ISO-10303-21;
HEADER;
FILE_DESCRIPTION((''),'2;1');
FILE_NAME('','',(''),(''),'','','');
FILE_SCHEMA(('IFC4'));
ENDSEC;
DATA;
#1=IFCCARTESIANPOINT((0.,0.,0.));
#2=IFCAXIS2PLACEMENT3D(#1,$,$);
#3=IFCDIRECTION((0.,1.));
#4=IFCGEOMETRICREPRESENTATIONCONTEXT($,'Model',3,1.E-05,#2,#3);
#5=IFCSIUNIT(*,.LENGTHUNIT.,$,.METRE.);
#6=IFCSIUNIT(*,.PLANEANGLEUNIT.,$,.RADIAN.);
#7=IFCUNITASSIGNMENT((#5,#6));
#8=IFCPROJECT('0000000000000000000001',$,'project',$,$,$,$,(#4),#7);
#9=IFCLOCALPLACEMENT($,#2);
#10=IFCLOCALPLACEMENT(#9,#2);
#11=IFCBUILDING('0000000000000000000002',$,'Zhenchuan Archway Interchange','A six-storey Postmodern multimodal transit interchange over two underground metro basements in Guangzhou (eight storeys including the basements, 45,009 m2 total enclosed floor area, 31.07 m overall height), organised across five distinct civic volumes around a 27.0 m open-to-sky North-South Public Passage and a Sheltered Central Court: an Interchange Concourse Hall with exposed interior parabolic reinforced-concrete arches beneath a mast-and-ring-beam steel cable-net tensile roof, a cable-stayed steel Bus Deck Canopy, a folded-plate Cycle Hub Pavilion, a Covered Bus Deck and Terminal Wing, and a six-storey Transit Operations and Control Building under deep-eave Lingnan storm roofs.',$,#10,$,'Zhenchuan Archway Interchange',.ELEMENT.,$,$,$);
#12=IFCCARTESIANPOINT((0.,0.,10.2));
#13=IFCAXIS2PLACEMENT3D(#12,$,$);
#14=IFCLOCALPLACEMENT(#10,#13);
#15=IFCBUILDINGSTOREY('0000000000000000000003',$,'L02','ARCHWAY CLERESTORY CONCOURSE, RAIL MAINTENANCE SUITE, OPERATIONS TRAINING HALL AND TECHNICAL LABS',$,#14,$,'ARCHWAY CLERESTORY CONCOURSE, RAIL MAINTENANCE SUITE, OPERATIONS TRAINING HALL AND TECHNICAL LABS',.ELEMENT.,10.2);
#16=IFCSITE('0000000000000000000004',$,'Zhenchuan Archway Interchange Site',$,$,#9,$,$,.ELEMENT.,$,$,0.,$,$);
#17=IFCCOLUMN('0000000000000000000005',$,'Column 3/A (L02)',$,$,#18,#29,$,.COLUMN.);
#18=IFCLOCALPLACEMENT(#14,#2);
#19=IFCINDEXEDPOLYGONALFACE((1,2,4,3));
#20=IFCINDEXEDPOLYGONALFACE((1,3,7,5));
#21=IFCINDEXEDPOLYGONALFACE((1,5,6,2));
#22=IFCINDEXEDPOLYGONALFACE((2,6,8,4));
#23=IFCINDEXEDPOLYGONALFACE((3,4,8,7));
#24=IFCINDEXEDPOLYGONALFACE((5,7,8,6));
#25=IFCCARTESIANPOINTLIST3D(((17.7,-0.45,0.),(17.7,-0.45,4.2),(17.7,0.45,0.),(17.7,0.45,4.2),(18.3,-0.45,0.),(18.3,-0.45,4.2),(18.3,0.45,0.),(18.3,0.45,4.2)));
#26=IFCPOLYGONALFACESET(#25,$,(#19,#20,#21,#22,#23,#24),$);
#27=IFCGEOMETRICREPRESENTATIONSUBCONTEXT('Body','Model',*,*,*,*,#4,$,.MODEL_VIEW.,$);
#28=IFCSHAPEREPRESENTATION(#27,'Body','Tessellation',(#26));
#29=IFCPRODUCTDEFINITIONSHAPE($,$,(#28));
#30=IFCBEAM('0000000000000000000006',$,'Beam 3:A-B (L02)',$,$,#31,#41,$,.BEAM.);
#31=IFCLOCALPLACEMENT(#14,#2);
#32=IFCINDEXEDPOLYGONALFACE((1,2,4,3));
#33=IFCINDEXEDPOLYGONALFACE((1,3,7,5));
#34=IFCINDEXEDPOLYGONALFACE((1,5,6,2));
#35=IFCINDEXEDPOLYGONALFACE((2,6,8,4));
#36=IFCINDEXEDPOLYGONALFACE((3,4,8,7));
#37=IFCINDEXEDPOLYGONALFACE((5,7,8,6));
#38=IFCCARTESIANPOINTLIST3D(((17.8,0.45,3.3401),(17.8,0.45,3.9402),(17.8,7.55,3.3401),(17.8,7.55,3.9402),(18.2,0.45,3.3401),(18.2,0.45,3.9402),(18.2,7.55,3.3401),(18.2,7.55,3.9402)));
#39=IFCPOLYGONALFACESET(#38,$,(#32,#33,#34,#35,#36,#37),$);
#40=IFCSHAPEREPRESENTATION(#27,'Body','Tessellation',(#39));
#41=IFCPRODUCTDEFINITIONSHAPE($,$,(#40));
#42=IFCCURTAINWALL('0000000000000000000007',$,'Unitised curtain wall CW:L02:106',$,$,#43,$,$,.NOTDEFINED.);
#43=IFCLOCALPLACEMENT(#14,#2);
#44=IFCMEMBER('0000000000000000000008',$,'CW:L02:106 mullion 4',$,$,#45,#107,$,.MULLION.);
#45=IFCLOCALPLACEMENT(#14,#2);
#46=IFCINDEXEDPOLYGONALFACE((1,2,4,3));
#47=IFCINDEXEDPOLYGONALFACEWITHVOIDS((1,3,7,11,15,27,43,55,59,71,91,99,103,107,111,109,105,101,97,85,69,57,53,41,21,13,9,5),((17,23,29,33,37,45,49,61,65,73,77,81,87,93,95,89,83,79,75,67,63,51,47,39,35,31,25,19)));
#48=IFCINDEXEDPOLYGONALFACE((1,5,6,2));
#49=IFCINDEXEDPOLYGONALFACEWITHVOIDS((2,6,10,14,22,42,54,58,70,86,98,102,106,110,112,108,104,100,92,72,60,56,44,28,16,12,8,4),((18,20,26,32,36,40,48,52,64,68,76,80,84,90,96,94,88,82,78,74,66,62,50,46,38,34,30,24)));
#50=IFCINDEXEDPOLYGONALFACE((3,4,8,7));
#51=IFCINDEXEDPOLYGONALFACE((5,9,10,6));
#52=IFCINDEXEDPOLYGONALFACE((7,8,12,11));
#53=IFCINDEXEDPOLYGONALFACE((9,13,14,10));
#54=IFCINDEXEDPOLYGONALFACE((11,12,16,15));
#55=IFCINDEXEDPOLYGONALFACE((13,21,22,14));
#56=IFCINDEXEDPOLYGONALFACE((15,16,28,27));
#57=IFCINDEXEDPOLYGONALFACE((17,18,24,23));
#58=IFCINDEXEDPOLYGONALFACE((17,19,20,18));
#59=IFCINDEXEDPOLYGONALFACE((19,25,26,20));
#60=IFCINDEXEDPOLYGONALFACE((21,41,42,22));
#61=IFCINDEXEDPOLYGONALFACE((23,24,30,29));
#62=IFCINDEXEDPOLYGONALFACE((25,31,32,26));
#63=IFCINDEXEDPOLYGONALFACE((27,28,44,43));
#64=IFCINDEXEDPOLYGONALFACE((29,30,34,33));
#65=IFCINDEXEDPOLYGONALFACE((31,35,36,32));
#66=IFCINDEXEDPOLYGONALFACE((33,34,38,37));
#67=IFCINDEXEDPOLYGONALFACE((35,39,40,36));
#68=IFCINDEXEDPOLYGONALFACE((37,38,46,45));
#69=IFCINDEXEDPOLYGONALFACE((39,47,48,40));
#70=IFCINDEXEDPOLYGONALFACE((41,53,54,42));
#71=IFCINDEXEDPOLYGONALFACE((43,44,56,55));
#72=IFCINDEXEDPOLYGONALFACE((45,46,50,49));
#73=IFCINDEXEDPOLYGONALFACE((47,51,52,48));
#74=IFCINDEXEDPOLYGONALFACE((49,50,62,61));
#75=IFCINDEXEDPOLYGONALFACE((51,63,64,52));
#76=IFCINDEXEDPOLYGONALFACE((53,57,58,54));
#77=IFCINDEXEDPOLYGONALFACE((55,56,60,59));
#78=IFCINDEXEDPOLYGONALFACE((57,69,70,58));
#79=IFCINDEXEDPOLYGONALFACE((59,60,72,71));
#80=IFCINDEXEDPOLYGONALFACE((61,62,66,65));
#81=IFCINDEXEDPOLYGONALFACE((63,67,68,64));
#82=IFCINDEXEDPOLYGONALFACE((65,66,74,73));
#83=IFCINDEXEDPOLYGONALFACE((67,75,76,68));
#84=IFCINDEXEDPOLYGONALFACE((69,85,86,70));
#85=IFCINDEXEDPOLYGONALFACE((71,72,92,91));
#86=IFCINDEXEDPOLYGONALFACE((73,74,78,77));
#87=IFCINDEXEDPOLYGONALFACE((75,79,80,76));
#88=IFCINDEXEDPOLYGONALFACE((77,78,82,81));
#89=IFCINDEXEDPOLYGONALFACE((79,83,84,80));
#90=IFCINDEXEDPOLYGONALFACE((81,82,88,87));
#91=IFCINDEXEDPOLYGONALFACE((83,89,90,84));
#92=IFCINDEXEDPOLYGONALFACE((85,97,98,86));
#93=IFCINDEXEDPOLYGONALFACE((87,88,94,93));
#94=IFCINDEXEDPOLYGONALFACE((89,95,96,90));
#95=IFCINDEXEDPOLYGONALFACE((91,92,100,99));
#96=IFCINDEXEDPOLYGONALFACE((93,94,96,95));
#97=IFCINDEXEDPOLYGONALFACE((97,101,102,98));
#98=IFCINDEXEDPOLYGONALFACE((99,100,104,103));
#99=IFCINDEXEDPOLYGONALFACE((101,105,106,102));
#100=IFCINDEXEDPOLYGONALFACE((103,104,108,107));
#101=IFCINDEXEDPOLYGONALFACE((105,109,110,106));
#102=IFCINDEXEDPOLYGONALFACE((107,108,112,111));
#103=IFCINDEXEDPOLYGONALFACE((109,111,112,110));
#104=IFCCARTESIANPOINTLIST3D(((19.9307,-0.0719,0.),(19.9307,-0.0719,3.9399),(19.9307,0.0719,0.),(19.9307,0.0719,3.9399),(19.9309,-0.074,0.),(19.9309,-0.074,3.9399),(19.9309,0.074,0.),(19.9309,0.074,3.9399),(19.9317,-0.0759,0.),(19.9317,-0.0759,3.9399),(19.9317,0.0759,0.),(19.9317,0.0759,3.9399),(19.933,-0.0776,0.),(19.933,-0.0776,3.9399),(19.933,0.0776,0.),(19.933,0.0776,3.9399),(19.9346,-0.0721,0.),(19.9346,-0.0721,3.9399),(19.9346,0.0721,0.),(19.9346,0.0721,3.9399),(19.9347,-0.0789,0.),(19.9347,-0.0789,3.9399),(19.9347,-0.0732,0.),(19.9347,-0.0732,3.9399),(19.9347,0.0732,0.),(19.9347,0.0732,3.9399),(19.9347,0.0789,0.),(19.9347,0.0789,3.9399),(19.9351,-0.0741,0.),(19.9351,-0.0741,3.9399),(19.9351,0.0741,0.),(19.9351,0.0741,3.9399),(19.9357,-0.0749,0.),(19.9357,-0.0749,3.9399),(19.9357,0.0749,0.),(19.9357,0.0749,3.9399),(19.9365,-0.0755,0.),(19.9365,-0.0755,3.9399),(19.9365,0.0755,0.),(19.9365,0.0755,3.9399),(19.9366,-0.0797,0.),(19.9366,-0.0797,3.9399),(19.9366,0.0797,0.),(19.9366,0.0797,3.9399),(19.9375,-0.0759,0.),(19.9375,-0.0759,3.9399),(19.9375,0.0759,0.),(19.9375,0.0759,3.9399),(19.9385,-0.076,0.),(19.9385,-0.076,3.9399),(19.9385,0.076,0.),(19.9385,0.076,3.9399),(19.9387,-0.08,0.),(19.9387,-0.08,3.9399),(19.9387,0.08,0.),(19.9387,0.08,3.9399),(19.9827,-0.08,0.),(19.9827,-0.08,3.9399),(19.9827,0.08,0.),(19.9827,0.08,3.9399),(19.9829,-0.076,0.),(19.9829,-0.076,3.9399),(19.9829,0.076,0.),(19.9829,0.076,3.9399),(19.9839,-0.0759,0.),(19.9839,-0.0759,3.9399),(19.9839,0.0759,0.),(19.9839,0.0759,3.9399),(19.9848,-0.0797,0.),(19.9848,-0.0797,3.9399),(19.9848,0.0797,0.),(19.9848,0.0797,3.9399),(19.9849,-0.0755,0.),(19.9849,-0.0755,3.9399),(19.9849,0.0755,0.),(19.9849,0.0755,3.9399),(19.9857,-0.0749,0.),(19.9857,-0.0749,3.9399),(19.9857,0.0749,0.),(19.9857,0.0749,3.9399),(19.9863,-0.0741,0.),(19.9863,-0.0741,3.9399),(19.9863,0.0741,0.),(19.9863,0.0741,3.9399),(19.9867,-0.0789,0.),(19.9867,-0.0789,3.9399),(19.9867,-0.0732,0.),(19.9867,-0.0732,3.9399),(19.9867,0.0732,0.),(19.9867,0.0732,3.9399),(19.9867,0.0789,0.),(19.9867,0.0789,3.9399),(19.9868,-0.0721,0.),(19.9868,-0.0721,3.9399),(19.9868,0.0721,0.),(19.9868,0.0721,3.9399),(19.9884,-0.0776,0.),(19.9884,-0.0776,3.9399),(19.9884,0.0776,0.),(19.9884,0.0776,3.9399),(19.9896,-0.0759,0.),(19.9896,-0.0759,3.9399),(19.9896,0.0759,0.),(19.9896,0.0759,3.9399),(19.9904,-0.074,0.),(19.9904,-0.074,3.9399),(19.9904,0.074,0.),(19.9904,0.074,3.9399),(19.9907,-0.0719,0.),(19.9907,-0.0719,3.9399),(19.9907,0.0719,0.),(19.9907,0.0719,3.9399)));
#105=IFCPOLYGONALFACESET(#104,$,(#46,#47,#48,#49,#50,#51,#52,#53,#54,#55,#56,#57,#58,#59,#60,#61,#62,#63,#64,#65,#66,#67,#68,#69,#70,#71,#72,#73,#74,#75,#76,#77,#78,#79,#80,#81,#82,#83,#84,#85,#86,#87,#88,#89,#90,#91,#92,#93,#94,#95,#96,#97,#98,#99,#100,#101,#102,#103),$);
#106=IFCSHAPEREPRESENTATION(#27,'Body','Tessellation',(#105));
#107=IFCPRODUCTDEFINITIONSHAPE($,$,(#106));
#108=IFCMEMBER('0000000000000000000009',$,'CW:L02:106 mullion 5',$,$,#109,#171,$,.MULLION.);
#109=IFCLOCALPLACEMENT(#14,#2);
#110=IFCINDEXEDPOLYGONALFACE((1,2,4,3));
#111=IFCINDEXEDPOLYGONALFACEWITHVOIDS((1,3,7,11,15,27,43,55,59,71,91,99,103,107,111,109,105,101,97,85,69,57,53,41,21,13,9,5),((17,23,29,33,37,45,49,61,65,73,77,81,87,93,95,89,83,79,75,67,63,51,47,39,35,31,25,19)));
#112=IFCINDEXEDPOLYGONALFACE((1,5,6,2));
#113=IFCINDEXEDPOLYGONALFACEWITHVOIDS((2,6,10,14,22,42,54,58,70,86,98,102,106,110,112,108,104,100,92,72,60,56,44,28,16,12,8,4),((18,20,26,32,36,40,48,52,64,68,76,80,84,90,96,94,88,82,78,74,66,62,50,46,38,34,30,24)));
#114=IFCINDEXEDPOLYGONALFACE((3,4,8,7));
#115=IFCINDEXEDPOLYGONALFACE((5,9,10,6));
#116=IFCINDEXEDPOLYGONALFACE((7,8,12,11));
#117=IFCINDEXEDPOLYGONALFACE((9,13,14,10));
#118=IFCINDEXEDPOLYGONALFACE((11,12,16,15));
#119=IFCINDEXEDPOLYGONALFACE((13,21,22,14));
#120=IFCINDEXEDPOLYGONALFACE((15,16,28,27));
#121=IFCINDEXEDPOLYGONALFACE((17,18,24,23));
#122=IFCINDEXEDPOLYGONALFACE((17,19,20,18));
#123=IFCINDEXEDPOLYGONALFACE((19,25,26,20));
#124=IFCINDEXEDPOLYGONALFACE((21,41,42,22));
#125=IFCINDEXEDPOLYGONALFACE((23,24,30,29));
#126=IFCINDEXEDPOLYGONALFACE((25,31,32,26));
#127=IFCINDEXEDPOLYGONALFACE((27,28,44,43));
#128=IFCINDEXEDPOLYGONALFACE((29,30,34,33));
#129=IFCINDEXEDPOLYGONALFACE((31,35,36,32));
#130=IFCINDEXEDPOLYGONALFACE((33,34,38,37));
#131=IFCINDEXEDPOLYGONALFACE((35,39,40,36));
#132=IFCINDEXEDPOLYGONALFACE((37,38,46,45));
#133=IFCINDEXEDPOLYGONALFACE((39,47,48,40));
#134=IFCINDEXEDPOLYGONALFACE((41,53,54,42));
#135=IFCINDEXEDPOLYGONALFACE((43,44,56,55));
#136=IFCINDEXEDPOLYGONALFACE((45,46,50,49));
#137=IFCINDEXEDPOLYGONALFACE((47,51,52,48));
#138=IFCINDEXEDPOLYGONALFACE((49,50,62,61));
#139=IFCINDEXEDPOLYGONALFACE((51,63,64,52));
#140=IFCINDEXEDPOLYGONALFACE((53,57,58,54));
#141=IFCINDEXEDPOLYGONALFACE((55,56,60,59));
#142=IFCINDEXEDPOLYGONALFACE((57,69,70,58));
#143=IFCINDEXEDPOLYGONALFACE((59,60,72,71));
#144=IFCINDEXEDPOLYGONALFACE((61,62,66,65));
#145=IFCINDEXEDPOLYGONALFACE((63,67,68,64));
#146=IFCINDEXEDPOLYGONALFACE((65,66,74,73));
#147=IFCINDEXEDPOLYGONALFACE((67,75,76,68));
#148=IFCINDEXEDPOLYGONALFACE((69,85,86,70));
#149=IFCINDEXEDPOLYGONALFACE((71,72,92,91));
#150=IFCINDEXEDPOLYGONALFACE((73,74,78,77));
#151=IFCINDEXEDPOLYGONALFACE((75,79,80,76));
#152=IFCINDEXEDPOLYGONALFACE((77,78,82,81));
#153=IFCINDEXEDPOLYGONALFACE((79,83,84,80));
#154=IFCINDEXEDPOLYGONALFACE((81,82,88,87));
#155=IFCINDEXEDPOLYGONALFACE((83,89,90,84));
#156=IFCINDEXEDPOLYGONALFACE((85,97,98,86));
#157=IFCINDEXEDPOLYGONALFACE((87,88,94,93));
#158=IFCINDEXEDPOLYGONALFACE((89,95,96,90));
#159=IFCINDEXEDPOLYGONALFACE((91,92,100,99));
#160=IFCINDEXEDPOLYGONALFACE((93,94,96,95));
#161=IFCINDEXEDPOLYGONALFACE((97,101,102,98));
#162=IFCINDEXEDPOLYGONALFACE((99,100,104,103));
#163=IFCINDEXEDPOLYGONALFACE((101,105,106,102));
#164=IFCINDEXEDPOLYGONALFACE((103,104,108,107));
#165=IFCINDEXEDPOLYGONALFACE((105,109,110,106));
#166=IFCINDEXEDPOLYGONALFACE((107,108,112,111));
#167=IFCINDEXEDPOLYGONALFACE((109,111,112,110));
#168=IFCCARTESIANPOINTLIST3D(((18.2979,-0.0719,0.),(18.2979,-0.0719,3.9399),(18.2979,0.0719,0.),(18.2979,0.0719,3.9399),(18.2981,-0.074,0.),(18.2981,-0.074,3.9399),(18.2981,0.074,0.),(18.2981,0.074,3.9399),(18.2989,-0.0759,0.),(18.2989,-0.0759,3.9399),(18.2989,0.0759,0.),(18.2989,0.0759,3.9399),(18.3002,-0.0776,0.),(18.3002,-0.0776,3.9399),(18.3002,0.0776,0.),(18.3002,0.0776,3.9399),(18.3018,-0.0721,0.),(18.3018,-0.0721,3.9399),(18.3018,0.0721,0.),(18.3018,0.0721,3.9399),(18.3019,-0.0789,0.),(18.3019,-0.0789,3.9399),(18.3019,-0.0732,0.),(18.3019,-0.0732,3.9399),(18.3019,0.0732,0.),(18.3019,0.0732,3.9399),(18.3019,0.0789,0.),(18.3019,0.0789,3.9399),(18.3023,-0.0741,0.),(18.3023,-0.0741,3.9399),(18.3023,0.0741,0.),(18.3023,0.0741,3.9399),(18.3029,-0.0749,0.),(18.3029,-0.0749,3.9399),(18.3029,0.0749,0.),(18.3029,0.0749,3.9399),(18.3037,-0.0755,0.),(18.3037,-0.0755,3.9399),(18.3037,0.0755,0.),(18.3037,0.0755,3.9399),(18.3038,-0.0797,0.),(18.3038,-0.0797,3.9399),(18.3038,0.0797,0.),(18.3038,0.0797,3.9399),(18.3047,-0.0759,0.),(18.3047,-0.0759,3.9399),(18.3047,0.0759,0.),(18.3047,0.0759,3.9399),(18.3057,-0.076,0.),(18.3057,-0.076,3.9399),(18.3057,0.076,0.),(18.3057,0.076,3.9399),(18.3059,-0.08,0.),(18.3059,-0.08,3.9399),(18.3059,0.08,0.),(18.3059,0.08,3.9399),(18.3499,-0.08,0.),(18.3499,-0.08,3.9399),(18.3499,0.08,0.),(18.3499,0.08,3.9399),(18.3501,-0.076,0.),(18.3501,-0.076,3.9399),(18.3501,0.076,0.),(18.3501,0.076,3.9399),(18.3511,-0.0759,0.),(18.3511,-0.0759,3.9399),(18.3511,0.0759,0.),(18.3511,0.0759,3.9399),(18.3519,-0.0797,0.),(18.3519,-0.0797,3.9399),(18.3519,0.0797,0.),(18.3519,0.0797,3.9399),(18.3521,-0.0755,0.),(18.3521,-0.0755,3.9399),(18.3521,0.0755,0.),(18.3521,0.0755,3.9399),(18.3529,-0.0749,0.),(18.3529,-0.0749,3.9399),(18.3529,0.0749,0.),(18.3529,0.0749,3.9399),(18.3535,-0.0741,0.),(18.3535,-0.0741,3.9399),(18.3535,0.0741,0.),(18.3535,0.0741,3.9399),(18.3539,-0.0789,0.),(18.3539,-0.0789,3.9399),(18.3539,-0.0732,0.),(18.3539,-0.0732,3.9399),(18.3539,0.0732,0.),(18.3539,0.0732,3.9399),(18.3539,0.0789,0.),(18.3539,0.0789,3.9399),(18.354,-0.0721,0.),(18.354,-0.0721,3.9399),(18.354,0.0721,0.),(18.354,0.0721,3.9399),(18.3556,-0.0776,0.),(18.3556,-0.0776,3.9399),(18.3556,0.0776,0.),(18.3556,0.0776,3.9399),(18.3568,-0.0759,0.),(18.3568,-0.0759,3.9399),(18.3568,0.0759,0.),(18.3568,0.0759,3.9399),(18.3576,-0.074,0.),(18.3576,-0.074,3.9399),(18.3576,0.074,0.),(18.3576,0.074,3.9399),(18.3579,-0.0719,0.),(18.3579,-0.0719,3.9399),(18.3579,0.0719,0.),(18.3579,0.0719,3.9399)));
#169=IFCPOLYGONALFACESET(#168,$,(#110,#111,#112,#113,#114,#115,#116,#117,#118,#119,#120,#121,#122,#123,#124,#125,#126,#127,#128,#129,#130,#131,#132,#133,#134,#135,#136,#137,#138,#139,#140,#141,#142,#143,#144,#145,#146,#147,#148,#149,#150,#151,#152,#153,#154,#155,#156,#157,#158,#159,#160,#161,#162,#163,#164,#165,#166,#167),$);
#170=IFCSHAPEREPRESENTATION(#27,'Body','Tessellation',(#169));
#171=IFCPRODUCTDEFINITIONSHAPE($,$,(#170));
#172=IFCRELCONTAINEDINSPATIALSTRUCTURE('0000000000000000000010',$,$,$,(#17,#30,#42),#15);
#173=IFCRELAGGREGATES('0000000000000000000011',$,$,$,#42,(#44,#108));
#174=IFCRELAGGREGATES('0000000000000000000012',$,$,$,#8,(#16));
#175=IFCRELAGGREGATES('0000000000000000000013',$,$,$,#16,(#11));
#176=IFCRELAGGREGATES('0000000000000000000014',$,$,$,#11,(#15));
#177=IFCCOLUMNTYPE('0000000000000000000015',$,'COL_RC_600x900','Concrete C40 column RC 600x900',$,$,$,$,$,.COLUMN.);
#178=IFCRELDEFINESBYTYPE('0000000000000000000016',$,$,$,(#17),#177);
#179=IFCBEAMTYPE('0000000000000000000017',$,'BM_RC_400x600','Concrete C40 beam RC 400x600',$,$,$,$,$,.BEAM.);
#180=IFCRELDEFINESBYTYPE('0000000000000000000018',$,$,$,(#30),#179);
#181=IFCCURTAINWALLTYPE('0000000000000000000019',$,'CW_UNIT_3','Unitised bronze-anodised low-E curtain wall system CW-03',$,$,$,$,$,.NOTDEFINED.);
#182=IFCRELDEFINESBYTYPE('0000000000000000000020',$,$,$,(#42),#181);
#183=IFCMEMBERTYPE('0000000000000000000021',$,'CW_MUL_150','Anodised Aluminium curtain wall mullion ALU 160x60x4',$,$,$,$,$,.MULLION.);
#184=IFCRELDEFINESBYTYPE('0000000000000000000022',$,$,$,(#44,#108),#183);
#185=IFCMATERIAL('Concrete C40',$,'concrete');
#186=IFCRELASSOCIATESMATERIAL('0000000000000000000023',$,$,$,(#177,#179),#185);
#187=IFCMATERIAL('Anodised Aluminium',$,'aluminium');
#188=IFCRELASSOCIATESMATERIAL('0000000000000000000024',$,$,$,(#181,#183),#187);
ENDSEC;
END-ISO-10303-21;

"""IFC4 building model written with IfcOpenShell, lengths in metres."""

from ifc_helpers import new_model, si_unit, direction, frame, origin, origin_2d, place, context, subcontext, project, spatial, rectangle, hollow_rectangle, extrude, material, material_profile, profile_set, type_object, element, aggregate, save


model = new_model("IFC4")

# Units and contexts
model_context = context("Model", 3, precision=1e-05, world=origin(), true_north=direction((0.0, 1.0)))
body_context = subcontext(model_context, "Body", "Model", "MODEL_VIEW")
ifc_project = project(units=[si_unit("LENGTHUNIT", "METRE"), si_unit("PLANEANGLEUNIT", "RADIAN")], contexts=[model_context])

# Site, building, storey
site_placement = place(None, origin())
site = spatial("IfcSite", under=ifc_project, at=site_placement, Name="Zhenchuan Archway Interchange Site", CompositionType="ELEMENT", RefElevation=0.0)
building_placement = place(site_placement, origin())
building = spatial("IfcBuilding", under=site, at=building_placement, Name="Zhenchuan Archway Interchange", Description="A six-storey Postmodern multimodal transit interchange over two underground metro basements in Guangzhou (eight storeys including the basements, 45,009 m2 total enclosed floor area, 31.07 m overall height), organised across five distinct civic volumes around a 27.0 m open-to-sky North-South Public Passage and a Sheltered Central Court: an Interchange Concourse Hall with exposed interior parabolic reinforced-concrete arches beneath a mast-and-ring-beam steel cable-net tensile roof, a cable-stayed steel Bus Deck Canopy, a folded-plate Cycle Hub Pavilion, a Covered Bus Deck and Terminal Wing, and a six-storey Transit Operations and Control Building under deep-eave Lingnan storm roofs.", LongName="Zhenchuan Archway Interchange", CompositionType="ELEMENT")
storey_placement = place(building_placement, frame((0.0, 0.0, 10.2)))
storey = spatial("IfcBuildingStorey", under=building, at=storey_placement, Name="L02", Description="ARCHWAY CLERESTORY CONCOURSE, RAIL MAINTENANCE SUITE, OPERATIONS TRAINING HALL AND TECHNICAL LABS", LongName="ARCHWAY CLERESTORY CONCOURSE, RAIL MAINTENANCE SUITE, OPERATIONS TRAINING HALL AND TECHNICAL LABS", CompositionType="ELEMENT", Elevation=10.2)

# Column
ifc_material_1 = material(Name="Concrete C40", Category="concrete")
ifc_material_profile_1 = material_profile(ifc_material_1, rectangle(XDim=0.6001, YDim=0.8999, at=origin_2d()), Name="RC 600x900")
ifc_profile_set_1 = profile_set([ifc_material_profile_1], Name="Concrete C40")
column_type = type_object("IfcColumnType", Name="COL_RC_600x900", Description="Concrete C40 column RC 600x900", PredefinedType="COLUMN", material=ifc_profile_set_1)
column_placement = place(storey_placement, frame((18.0, 0.0, 0.0), z_axis=(0.0, 0.0, 1.0), x_axis=(1.0, 0.0, 0.0)))
element("IfcColumn", 1, at=column_placement, inside=storey, type_object=column_type, Name="Column 3/A (L02)", PredefinedType="COLUMN", context=body_context, shape_type="SweptSolid", body=[
    extrude(rectangle(XDim=0.6001, YDim=0.8999, at=origin_2d()), origin(), (0.0, 0.0, 1.0), 4.2),
])

# Beam
ifc_material_profile_2 = material_profile(ifc_material_1, rectangle(XDim=0.3999, YDim=0.6001, at=origin_2d()), Name="RC 400x600")
ifc_profile_set_2 = profile_set([ifc_material_profile_2], Name="Concrete C40")
beam_type_1 = type_object("IfcBeamType", Name="BM_RC_400x600", Description="Concrete C40 beam RC 400x600", PredefinedType="BEAM", material=ifc_profile_set_2)
beam_1_placement = place(storey_placement, frame((18.0, 0.45, 3.6401), z_axis=(0.0, 1.0, 0.0), x_axis=(-1.0, 0.0, 0.0)))
element("IfcBeam", 2, at=beam_1_placement, inside=storey, type_object=beam_type_1, Name="Beam 3:A-B (L02)", PredefinedType="BEAM", context=body_context, shape_type="SweptSolid", body=[
    extrude(rectangle(XDim=0.3999, YDim=0.6001, at=origin_2d()), origin(), (0.0, 0.0, 1.0), 7.1001),
])

# Curtain wall, members
ifc_material_2 = material(Name="Anodised Aluminium", Category="aluminium")
curtain_wall_type_1 = type_object("IfcCurtainWallType", Name="CW_UNIT_3", Description="Unitised bronze-anodised low-E curtain wall system CW-03", PredefinedType="NOTDEFINED", material=ifc_material_2)
curtain_wall_1_placement = place(storey_placement, origin())
curtain_wall_1 = element("IfcCurtainWall", 3, at=curtain_wall_1_placement, inside=storey, type_object=curtain_wall_type_1, Name="Unitised curtain wall CW:L02:106", PredefinedType="NOTDEFINED")
ifc_material_profile_3 = material_profile(ifc_material_2, hollow_rectangle(XDim=0.0601, YDim=0.1599, WallThickness=0.0039, InnerFilletRadius=0.0039, OuterFilletRadius=0.0081, at=origin_2d()), Name="ALU 160x60x4")
ifc_profile_set_3 = profile_set([ifc_material_profile_3], Name="Anodised Aluminium")
member_type_1 = type_object("IfcMemberType", Name="CW_MUL_150", Description="Anodised Aluminium curtain wall mullion ALU 160x60x4", PredefinedType="MULLION", material=ifc_profile_set_3)
member_1_placement = place(storey_placement, frame((19.9607, 0.0, 0.0), z_axis=(0.0, 0.0, 1.0), x_axis=(1.0, 0.0, 0.0)))
member_1 = element("IfcMember", 4, at=member_1_placement, type_object=member_type_1, Name="CW:L02:106 mullion 4", PredefinedType="MULLION", context=body_context, shape_type="SweptSolid", body=[
    extrude(hollow_rectangle(XDim=0.0601, YDim=0.1599, WallThickness=0.0039, InnerFilletRadius=0.0039, OuterFilletRadius=0.0081, at=origin_2d()), origin(), (0.0, 0.0, 1.0), 3.9399),
])
member_2_placement = place(storey_placement, frame((18.3279, 0.0, 0.0), z_axis=(0.0, 0.0, 1.0), x_axis=(1.0, 0.0, 0.0)))
member_2 = element("IfcMember", 5, at=member_2_placement, type_object=member_type_1, Name="CW:L02:106 mullion 5", PredefinedType="MULLION", context=body_context, shape_type="SweptSolid", body=[
    extrude(hollow_rectangle(XDim=0.0601, YDim=0.1599, WallThickness=0.0039, InnerFilletRadius=0.0039, OuterFilletRadius=0.0081, at=origin_2d()), origin(), (0.0, 0.0, 1.0), 3.9399),
])

aggregate(curtain_wall_1, [member_1, member_2])

save(model, "model.ifc")
